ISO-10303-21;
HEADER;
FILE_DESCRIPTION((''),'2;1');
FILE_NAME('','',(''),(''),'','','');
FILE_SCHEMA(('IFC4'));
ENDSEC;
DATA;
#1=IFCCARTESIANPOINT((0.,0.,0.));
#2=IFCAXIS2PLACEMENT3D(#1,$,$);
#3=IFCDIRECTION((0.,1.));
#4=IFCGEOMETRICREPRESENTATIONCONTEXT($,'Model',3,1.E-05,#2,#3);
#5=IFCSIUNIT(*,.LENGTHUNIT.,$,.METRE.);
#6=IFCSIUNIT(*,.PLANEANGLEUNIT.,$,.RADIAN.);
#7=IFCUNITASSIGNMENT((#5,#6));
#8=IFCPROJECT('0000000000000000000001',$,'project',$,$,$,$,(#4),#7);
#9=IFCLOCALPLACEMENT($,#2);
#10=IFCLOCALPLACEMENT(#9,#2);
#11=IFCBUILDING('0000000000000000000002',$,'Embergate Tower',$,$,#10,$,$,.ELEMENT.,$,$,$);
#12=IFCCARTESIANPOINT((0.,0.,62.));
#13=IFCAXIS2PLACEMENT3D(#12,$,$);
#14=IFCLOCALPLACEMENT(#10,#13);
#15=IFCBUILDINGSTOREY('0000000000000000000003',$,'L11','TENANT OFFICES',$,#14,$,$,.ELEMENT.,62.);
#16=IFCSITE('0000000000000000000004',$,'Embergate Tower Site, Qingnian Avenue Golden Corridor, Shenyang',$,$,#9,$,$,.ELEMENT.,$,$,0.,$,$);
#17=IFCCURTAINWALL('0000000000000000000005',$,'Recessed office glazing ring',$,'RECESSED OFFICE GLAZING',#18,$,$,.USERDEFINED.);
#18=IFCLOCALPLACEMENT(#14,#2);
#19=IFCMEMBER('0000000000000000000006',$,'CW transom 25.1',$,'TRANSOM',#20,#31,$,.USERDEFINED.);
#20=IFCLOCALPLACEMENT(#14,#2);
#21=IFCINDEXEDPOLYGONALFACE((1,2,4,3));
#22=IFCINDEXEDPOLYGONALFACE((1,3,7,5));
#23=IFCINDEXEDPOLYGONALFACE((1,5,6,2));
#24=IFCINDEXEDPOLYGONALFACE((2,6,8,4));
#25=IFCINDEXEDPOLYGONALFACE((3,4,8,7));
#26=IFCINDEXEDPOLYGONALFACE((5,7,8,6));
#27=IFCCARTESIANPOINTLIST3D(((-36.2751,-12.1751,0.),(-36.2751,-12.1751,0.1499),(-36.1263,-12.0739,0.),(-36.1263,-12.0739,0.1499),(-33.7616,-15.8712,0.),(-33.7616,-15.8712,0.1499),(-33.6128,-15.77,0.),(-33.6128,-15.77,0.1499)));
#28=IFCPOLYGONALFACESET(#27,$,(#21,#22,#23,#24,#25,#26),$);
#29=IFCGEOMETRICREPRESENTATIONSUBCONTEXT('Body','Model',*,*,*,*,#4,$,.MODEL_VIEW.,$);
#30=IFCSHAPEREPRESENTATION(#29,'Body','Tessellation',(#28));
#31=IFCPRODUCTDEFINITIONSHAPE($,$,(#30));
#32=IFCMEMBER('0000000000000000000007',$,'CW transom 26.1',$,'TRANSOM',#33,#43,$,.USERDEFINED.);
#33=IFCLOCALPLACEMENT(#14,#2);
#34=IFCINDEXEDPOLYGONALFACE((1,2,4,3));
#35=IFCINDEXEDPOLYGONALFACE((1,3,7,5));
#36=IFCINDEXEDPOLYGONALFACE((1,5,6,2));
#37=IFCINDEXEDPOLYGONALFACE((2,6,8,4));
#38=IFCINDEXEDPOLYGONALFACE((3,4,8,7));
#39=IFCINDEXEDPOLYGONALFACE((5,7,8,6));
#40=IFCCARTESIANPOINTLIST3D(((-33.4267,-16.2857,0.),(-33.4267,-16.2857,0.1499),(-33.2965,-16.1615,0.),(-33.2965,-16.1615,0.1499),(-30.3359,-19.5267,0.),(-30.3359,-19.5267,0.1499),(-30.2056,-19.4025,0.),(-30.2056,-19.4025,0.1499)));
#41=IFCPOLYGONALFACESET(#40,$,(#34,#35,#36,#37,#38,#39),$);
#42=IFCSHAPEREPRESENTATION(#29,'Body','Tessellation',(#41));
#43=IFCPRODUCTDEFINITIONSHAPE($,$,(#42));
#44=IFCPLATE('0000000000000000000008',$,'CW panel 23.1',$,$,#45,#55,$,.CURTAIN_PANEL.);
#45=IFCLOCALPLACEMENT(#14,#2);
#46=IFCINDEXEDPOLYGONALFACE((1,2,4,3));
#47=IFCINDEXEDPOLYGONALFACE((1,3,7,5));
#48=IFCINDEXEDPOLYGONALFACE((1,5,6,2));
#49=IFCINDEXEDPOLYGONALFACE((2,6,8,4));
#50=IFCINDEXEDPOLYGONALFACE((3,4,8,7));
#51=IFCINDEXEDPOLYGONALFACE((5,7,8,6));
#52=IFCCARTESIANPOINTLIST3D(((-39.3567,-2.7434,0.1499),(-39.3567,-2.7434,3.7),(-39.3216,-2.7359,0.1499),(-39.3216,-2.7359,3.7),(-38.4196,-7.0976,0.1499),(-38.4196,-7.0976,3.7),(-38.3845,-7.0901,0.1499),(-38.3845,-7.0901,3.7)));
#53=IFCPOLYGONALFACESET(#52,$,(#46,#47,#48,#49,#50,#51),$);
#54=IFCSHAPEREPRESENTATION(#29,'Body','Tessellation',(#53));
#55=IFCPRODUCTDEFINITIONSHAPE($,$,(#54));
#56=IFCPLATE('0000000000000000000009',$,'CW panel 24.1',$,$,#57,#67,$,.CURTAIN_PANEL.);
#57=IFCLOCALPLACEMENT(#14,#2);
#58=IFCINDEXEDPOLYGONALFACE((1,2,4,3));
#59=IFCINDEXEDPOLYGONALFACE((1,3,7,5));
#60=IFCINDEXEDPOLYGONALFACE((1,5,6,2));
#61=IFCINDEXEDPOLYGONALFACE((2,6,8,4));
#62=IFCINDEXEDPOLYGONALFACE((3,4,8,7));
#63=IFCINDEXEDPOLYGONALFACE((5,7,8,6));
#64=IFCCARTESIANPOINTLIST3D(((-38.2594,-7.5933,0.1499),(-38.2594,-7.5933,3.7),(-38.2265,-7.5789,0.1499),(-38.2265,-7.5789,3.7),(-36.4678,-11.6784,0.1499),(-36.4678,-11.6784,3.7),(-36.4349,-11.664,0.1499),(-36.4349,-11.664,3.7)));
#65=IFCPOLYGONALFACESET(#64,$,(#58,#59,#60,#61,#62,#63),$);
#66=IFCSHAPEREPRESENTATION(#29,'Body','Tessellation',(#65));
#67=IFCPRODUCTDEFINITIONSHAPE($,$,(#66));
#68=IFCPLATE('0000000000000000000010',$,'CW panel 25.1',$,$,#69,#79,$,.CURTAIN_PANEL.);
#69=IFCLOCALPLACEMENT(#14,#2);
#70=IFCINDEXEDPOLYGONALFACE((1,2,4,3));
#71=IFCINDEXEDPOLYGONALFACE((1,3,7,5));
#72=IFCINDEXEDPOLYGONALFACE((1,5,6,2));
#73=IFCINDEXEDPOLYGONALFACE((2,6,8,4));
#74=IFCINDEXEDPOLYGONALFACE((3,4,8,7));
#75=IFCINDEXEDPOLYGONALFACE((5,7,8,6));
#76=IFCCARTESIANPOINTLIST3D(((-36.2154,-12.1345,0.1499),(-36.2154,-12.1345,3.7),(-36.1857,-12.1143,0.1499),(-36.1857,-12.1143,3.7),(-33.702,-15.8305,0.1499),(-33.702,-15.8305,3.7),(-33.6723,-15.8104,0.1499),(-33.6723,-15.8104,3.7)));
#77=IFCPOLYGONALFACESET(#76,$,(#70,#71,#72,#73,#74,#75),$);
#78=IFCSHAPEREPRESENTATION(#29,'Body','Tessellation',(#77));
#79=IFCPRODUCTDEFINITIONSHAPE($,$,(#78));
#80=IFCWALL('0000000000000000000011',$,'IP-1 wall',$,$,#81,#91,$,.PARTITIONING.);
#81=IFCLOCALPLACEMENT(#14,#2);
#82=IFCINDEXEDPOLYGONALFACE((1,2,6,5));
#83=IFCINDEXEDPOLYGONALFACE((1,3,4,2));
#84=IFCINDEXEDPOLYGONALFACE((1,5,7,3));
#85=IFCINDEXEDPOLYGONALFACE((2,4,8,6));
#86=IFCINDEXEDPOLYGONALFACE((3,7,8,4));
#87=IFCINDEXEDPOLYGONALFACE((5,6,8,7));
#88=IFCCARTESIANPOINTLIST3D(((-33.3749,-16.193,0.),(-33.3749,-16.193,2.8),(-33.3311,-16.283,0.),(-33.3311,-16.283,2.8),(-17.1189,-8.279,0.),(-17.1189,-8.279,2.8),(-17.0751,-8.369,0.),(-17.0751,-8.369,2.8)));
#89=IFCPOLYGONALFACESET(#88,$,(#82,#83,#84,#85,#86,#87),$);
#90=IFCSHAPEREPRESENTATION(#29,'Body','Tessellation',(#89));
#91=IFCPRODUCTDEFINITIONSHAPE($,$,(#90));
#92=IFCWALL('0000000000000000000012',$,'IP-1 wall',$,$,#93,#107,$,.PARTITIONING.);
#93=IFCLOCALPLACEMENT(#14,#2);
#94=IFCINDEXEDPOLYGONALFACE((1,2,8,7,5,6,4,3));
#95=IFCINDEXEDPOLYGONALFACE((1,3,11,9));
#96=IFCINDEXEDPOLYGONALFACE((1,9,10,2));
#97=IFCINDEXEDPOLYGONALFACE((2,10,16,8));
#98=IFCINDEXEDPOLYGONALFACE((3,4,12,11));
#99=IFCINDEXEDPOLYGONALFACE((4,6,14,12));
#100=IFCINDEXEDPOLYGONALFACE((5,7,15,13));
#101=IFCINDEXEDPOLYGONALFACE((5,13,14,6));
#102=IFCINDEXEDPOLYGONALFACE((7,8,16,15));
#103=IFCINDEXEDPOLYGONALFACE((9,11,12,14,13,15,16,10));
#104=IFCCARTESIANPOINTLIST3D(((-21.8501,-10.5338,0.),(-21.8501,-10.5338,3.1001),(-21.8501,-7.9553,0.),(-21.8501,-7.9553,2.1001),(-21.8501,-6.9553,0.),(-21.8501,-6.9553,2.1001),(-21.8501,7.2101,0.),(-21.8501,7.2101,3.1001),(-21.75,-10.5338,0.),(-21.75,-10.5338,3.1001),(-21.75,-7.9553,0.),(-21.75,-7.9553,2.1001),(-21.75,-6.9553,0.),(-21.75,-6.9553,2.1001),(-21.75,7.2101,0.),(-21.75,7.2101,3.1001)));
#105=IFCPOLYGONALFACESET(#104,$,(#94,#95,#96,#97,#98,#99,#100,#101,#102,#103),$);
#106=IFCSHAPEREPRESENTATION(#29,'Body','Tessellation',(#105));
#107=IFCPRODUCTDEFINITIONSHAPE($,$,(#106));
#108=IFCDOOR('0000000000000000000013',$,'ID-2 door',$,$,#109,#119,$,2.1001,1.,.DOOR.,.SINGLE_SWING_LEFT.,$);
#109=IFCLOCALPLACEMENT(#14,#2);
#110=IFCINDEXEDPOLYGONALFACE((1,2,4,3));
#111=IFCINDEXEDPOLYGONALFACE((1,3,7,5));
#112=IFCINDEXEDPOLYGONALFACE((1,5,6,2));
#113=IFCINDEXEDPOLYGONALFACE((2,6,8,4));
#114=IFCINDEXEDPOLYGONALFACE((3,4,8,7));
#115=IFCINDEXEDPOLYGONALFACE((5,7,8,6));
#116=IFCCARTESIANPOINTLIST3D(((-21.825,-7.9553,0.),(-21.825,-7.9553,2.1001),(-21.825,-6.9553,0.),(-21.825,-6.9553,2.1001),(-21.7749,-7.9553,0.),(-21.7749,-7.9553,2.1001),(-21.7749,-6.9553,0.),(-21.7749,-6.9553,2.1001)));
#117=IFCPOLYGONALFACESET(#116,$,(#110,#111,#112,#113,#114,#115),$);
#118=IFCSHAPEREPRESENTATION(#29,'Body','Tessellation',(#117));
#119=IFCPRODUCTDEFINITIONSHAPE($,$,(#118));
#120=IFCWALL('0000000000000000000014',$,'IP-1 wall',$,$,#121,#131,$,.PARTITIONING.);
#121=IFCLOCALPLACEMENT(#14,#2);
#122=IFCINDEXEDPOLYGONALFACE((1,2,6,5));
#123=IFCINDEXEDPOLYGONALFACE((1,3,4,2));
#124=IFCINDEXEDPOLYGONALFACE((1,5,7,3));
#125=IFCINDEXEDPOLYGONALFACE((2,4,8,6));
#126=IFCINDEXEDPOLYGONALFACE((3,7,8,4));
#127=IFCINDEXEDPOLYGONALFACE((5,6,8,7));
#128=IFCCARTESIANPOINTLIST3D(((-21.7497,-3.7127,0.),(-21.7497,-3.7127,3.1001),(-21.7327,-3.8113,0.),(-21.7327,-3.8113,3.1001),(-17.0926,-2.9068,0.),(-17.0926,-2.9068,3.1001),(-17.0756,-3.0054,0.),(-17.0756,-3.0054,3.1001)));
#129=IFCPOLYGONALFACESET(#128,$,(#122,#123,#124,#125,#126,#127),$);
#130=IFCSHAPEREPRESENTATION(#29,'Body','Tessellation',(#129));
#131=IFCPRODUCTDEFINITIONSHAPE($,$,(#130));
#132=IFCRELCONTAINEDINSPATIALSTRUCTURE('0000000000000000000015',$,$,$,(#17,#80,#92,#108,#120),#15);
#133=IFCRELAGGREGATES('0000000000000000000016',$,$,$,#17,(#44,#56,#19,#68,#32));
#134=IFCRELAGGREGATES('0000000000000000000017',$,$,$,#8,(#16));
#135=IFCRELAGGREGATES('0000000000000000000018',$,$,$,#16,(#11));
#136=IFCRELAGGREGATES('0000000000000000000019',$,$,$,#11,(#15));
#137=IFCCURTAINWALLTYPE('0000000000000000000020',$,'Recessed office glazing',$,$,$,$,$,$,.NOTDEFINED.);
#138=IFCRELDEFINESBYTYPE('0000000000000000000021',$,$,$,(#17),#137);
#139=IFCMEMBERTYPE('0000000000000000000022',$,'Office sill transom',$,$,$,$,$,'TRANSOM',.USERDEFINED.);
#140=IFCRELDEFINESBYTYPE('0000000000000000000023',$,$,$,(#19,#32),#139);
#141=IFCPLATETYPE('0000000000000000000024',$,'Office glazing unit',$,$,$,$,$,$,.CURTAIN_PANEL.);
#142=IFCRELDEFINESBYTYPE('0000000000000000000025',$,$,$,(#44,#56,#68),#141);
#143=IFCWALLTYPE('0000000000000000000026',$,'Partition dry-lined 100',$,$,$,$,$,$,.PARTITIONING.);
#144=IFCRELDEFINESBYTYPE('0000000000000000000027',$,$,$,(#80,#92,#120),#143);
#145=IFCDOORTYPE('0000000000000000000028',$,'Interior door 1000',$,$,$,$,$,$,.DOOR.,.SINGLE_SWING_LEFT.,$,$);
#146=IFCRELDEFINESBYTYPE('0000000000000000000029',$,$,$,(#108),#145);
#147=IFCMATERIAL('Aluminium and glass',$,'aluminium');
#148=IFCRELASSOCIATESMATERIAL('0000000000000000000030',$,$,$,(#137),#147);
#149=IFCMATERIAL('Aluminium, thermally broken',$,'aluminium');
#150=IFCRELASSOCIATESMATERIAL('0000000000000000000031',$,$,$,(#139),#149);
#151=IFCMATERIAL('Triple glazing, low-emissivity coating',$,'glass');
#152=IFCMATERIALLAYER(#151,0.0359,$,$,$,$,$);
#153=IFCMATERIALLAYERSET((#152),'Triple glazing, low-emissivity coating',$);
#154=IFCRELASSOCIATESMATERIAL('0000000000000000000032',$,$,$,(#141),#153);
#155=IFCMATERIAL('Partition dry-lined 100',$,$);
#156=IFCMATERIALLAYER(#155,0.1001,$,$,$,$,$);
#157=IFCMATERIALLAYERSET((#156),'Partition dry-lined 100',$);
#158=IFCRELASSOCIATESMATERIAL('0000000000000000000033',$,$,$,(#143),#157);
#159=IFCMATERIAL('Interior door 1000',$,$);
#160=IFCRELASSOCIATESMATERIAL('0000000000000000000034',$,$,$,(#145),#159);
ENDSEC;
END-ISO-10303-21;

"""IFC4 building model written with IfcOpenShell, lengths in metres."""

from ifc_helpers import new_model, si_unit, direction, frame, frame_2d, origin, origin_2d, place, context, subcontext, project, spatial, rectangle, extrude, source, transform, mapped, material, layer, layer_set, material_profile, profile_set, type_object, element, fill, aggregate, save


model = new_model("IFC4")

# Units and contexts
model_context = context("Model", 3, precision=1e-05, world=origin(), true_north=direction((0.0, 1.0)))
body_context = subcontext(model_context, "Body", "Model", "MODEL_VIEW")
ifc_project = project(units=[si_unit("LENGTHUNIT", "METRE"), si_unit("PLANEANGLEUNIT", "RADIAN")], contexts=[model_context])

# Site, building, storey
site_placement = place(None, origin())
site = spatial("IfcSite", under=ifc_project, at=site_placement, Name="Embergate Tower Site, Qingnian Avenue Golden Corridor, Shenyang", CompositionType="ELEMENT", RefElevation=0.0)
building_placement = place(site_placement, origin())
building = spatial("IfcBuilding", under=site, at=building_placement, Name="Embergate Tower", CompositionType="ELEMENT")
storey_placement = place(building_placement, frame((0.0, 0.0, 62.0)))
storey = spatial("IfcBuildingStorey", under=building, at=storey_placement, Name="L11", Description="TENANT OFFICES", CompositionType="ELEMENT", Elevation=62.0)

# Curtain wall, members, plates
ifc_material_1 = material(Name="Aluminium and glass", Category="aluminium")
curtain_wall_type = type_object("IfcCurtainWallType", Name="Recessed office glazing", PredefinedType="NOTDEFINED", material=ifc_material_1)
curtain_wall_placement = place(storey_placement, origin())
curtain_wall = element("IfcCurtainWall", 1, at=curtain_wall_placement, inside=storey, type_object=curtain_wall_type, Name="Recessed office glazing ring", ObjectType="RECESSED OFFICE GLAZING", PredefinedType="USERDEFINED")
ifc_material_2 = material(Name="Aluminium, thermally broken", Category="aluminium")
ifc_material_profile_1 = material_profile(ifc_material_2, rectangle(XDim=0.1799, YDim=0.1499, at=origin_2d()), Name="AL 150x180")
ifc_profile_set_1 = profile_set([ifc_material_profile_1], Name="Aluminium, thermally broken")
member_type_1 = type_object("IfcMemberType", Name="Office sill transom", ElementType="TRANSOM", PredefinedType="USERDEFINED", material=ifc_profile_set_1)
shared_shape_1 = source(origin(), body_context, "Body", "SweptSolid", [
    extrude(rectangle(XDim=0.1799, YDim=0.1499, at=origin_2d()), origin(), (0.0, 0.0, 1.0), 4.4697),
])
member_1_placement = place(storey_placement, frame((-36.2007, -12.1245, 0.075), z_axis=(0.562328, -0.826914, 0.0), x_axis=(0.826914, 0.562328, 0.0)))
member_1 = element("IfcMember", 2, at=member_1_placement, type_object=member_type_1, Name="CW transom 25.1", ObjectType="TRANSOM", PredefinedType="USERDEFINED", context=body_context, shape_type="MappedRepresentation", body=[
    mapped(shared_shape_1, transform((0.0, 0.0, 0.0))),
])
shared_shape_2 = source(origin(), body_context, "Body", "SweptSolid", [
    extrude(rectangle(XDim=0.1799, YDim=0.1499, at=origin_2d()), origin(), (0.0, 0.0, 1.0), 4.4785),
])
member_2_placement = place(storey_placement, frame((-33.3616, -16.2236, 0.075), z_axis=(0.690145, -0.723671, 0.0), x_axis=(0.723671, 0.690145, 0.0)))
member_2 = element("IfcMember", 3, at=member_2_placement, type_object=member_type_1, Name="CW transom 26.1", ObjectType="TRANSOM", PredefinedType="USERDEFINED", context=body_context, shape_type="MappedRepresentation", body=[
    mapped(shared_shape_2, transform((0.0, 0.0, 0.0))),
])
ifc_material_3 = material(Name="Triple glazing, low-emissivity coating", Category="glass")
ifc_layer_1 = layer(ifc_material_3, 0.0359)
ifc_layer_set_1 = layer_set([ifc_layer_1], Name="Triple glazing, low-emissivity coating")
plate_type = type_object("IfcPlateType", Name="Office glazing unit", PredefinedType="CURTAIN_PANEL", material=ifc_layer_set_1)
shared_shape_3 = source(origin(), body_context, "Body", "SweptSolid", [
    extrude(rectangle(XDim=4.4539, YDim=0.0359, at=origin_2d()), origin(), (0.0, 0.0, 1.0), 3.55),
])
plate_1_placement = place(storey_placement, frame((-38.8706, -4.9167, 0.1499), z_axis=(0.0, 0.0, 1.0), x_axis=(0.210392, -0.977617, 0.0)))
plate_1 = element("IfcPlate", 4, at=plate_1_placement, type_object=plate_type, Name="CW panel 23.1", PredefinedType="CURTAIN_PANEL", context=body_context, shape_type="MappedRepresentation", body=[
    mapped(shared_shape_3, transform((0.0, 0.0, 0.0))),
])
shared_shape_4 = source(origin(), body_context, "Body", "SweptSolid", [
    extrude(rectangle(XDim=4.4607, YDim=0.0359, at=origin_2d()), origin(), (0.0, 0.0, 1.0), 3.55),
])
plate_2_placement = place(storey_placement, frame((-37.3472, -9.6287, 0.1499), z_axis=(0.0, 0.0, 1.0), x_axis=(0.401644, -0.915796, 0.0)))
plate_2 = element("IfcPlate", 5, at=plate_2_placement, type_object=plate_type, Name="CW panel 24.1", PredefinedType="CURTAIN_PANEL", context=body_context, shape_type="MappedRepresentation", body=[
    mapped(shared_shape_4, transform((0.0, 0.0, 0.0))),
])
shared_shape_5 = source(origin(), body_context, "Body", "SweptSolid", [
    extrude(rectangle(XDim=4.4697, YDim=0.0359, at=origin_2d()), origin(), (0.0, 0.0, 1.0), 3.55),
])
plate_3_placement = place(storey_placement, frame((-34.9438, -13.9724, 0.1499), z_axis=(0.0, 0.0, 1.0), x_axis=(0.562332, -0.826912, 0.0)))
plate_3 = element("IfcPlate", 6, at=plate_3_placement, type_object=plate_type, Name="CW panel 25.1", PredefinedType="CURTAIN_PANEL", context=body_context, shape_type="MappedRepresentation", body=[
    mapped(shared_shape_5, transform((0.0, 0.0, 0.0))),
])
aggregate(curtain_wall, [plate_1, plate_2, member_1, plate_3, member_2])

# Wall
ifc_material_4 = material(Name="Partition dry-lined 100")
ifc_layer_2 = layer(ifc_material_4, 0.1001)
ifc_layer_set_2 = layer_set([ifc_layer_2], Name="Partition dry-lined 100")
wall_type = type_object("IfcWallType", Name="Partition dry-lined 100", PredefinedType="PARTITIONING", material=ifc_layer_set_2)
shared_shape_6 = source(origin(), body_context, "Body", "SweptSolid", [
    extrude(rectangle(XDim=18.0801, YDim=0.1001, at=frame_2d((9.04, 0.0))), origin(), (0.0, 0.0, 1.0), 2.8),
])
wall_1_placement = place(storey_placement, frame((-33.353, -16.238, 0.0), z_axis=(0.0, 0.0, 1.0), x_axis=(0.899111, 0.43772, 0.0)))
element("IfcWall", 7, at=wall_1_placement, inside=storey, type_object=wall_type, Name="IP-1 wall", PredefinedType="PARTITIONING", context=body_context, shape_type="MappedRepresentation", body=[
    mapped(shared_shape_6, transform((0.0, 0.0, 0.0))),
])

# Wall, opening, door
shared_shape_7 = source(origin(), body_context, "Body", "SweptSolid", [
    extrude(rectangle(XDim=17.7439, YDim=0.1001, at=frame_2d((8.8721, 0.0))), origin(), (0.0, 0.0, 1.0), 3.1001),
])
wall_2_placement = place(storey_placement, frame((-21.8, -10.5339, 0.0), z_axis=(0.0, 0.0, 1.0), x_axis=(0.0, 1.0, 0.0)))
wall_2 = element("IfcWall", 8, at=wall_2_placement, inside=storey, type_object=wall_type, Name="IP-1 wall", PredefinedType="PARTITIONING", context=body_context, shape_type="MappedRepresentation", body=[
    mapped(shared_shape_7, transform((0.0, 0.0, 0.0))),
])
shared_shape_8 = source(origin(), body_context, "Body", "SweptSolid", [
    extrude(rectangle(XDim=1.0, YDim=2.1001, at=frame_2d((0.5, 1.05))), frame((0.0, 0.0601, 0.0), z_axis=(0.0, -1.0, 0.0), x_axis=(1.0, 0.0, 0.0)), (0.0, 0.0, 1.0), 0.1201),
])
opening_placement = place(wall_2_placement, frame((2.5786, 0.0, 0.0)))
opening = element("IfcOpeningElement", 9, at=opening_placement, cuts=wall_2, PredefinedType="OPENING", context=body_context, shape_type="MappedRepresentation", body=[
    mapped(shared_shape_8, transform((0.0, 0.0, 0.0))),
])
ifc_material_5 = material(Name="Interior door 1000")
door_type = type_object("IfcDoorType", Name="Interior door 1000", OperationType="SINGLE_SWING_LEFT", PredefinedType="DOOR", material=ifc_material_5)
shared_shape_9 = source(origin(), body_context, "Body", "SweptSolid", [
    extrude(rectangle(XDim=1.0, YDim=2.1001, at=frame_2d((0.5, 1.05))), frame((0.0, 0.0249, 0.0), z_axis=(0.0, -1.0, 0.0), x_axis=(1.0, 0.0, 0.0)), (0.0, 0.0, 1.0), 0.05),
])
door_placement = place(opening_placement, origin())
door = element("IfcDoor", 10, at=door_placement, inside=storey, type_object=door_type, Name="ID-2 door", OperationType="SINGLE_SWING_LEFT", OverallHeight=2.1001, OverallWidth=1.0, PredefinedType="DOOR", context=body_context, shape_type="MappedRepresentation", body=[
    mapped(shared_shape_9, transform((0.0, 0.0, 0.0))),
])
fill(opening, door)

# Wall
shared_shape_10 = source(origin(), body_context, "Body", "SweptSolid", [
    extrude(rectangle(XDim=4.7263, YDim=0.1001, at=frame_2d((2.3633, 0.0))), origin(), (0.0, 0.0, 1.0), 3.1001),
])
wall_3_placement = place(storey_placement, frame((-17.084, -2.9561, 0.0), z_axis=(0.0, 0.0, 1.0), x_axis=(-0.985354, -0.170519, 0.0)))
element("IfcWall", 11, at=wall_3_placement, inside=storey, type_object=wall_type, Name="IP-1 wall", PredefinedType="PARTITIONING", context=body_context, shape_type="MappedRepresentation", body=[
    mapped(shared_shape_10, transform((0.0, 0.0, 0.0))),
])

save(model, "model.ifc")
